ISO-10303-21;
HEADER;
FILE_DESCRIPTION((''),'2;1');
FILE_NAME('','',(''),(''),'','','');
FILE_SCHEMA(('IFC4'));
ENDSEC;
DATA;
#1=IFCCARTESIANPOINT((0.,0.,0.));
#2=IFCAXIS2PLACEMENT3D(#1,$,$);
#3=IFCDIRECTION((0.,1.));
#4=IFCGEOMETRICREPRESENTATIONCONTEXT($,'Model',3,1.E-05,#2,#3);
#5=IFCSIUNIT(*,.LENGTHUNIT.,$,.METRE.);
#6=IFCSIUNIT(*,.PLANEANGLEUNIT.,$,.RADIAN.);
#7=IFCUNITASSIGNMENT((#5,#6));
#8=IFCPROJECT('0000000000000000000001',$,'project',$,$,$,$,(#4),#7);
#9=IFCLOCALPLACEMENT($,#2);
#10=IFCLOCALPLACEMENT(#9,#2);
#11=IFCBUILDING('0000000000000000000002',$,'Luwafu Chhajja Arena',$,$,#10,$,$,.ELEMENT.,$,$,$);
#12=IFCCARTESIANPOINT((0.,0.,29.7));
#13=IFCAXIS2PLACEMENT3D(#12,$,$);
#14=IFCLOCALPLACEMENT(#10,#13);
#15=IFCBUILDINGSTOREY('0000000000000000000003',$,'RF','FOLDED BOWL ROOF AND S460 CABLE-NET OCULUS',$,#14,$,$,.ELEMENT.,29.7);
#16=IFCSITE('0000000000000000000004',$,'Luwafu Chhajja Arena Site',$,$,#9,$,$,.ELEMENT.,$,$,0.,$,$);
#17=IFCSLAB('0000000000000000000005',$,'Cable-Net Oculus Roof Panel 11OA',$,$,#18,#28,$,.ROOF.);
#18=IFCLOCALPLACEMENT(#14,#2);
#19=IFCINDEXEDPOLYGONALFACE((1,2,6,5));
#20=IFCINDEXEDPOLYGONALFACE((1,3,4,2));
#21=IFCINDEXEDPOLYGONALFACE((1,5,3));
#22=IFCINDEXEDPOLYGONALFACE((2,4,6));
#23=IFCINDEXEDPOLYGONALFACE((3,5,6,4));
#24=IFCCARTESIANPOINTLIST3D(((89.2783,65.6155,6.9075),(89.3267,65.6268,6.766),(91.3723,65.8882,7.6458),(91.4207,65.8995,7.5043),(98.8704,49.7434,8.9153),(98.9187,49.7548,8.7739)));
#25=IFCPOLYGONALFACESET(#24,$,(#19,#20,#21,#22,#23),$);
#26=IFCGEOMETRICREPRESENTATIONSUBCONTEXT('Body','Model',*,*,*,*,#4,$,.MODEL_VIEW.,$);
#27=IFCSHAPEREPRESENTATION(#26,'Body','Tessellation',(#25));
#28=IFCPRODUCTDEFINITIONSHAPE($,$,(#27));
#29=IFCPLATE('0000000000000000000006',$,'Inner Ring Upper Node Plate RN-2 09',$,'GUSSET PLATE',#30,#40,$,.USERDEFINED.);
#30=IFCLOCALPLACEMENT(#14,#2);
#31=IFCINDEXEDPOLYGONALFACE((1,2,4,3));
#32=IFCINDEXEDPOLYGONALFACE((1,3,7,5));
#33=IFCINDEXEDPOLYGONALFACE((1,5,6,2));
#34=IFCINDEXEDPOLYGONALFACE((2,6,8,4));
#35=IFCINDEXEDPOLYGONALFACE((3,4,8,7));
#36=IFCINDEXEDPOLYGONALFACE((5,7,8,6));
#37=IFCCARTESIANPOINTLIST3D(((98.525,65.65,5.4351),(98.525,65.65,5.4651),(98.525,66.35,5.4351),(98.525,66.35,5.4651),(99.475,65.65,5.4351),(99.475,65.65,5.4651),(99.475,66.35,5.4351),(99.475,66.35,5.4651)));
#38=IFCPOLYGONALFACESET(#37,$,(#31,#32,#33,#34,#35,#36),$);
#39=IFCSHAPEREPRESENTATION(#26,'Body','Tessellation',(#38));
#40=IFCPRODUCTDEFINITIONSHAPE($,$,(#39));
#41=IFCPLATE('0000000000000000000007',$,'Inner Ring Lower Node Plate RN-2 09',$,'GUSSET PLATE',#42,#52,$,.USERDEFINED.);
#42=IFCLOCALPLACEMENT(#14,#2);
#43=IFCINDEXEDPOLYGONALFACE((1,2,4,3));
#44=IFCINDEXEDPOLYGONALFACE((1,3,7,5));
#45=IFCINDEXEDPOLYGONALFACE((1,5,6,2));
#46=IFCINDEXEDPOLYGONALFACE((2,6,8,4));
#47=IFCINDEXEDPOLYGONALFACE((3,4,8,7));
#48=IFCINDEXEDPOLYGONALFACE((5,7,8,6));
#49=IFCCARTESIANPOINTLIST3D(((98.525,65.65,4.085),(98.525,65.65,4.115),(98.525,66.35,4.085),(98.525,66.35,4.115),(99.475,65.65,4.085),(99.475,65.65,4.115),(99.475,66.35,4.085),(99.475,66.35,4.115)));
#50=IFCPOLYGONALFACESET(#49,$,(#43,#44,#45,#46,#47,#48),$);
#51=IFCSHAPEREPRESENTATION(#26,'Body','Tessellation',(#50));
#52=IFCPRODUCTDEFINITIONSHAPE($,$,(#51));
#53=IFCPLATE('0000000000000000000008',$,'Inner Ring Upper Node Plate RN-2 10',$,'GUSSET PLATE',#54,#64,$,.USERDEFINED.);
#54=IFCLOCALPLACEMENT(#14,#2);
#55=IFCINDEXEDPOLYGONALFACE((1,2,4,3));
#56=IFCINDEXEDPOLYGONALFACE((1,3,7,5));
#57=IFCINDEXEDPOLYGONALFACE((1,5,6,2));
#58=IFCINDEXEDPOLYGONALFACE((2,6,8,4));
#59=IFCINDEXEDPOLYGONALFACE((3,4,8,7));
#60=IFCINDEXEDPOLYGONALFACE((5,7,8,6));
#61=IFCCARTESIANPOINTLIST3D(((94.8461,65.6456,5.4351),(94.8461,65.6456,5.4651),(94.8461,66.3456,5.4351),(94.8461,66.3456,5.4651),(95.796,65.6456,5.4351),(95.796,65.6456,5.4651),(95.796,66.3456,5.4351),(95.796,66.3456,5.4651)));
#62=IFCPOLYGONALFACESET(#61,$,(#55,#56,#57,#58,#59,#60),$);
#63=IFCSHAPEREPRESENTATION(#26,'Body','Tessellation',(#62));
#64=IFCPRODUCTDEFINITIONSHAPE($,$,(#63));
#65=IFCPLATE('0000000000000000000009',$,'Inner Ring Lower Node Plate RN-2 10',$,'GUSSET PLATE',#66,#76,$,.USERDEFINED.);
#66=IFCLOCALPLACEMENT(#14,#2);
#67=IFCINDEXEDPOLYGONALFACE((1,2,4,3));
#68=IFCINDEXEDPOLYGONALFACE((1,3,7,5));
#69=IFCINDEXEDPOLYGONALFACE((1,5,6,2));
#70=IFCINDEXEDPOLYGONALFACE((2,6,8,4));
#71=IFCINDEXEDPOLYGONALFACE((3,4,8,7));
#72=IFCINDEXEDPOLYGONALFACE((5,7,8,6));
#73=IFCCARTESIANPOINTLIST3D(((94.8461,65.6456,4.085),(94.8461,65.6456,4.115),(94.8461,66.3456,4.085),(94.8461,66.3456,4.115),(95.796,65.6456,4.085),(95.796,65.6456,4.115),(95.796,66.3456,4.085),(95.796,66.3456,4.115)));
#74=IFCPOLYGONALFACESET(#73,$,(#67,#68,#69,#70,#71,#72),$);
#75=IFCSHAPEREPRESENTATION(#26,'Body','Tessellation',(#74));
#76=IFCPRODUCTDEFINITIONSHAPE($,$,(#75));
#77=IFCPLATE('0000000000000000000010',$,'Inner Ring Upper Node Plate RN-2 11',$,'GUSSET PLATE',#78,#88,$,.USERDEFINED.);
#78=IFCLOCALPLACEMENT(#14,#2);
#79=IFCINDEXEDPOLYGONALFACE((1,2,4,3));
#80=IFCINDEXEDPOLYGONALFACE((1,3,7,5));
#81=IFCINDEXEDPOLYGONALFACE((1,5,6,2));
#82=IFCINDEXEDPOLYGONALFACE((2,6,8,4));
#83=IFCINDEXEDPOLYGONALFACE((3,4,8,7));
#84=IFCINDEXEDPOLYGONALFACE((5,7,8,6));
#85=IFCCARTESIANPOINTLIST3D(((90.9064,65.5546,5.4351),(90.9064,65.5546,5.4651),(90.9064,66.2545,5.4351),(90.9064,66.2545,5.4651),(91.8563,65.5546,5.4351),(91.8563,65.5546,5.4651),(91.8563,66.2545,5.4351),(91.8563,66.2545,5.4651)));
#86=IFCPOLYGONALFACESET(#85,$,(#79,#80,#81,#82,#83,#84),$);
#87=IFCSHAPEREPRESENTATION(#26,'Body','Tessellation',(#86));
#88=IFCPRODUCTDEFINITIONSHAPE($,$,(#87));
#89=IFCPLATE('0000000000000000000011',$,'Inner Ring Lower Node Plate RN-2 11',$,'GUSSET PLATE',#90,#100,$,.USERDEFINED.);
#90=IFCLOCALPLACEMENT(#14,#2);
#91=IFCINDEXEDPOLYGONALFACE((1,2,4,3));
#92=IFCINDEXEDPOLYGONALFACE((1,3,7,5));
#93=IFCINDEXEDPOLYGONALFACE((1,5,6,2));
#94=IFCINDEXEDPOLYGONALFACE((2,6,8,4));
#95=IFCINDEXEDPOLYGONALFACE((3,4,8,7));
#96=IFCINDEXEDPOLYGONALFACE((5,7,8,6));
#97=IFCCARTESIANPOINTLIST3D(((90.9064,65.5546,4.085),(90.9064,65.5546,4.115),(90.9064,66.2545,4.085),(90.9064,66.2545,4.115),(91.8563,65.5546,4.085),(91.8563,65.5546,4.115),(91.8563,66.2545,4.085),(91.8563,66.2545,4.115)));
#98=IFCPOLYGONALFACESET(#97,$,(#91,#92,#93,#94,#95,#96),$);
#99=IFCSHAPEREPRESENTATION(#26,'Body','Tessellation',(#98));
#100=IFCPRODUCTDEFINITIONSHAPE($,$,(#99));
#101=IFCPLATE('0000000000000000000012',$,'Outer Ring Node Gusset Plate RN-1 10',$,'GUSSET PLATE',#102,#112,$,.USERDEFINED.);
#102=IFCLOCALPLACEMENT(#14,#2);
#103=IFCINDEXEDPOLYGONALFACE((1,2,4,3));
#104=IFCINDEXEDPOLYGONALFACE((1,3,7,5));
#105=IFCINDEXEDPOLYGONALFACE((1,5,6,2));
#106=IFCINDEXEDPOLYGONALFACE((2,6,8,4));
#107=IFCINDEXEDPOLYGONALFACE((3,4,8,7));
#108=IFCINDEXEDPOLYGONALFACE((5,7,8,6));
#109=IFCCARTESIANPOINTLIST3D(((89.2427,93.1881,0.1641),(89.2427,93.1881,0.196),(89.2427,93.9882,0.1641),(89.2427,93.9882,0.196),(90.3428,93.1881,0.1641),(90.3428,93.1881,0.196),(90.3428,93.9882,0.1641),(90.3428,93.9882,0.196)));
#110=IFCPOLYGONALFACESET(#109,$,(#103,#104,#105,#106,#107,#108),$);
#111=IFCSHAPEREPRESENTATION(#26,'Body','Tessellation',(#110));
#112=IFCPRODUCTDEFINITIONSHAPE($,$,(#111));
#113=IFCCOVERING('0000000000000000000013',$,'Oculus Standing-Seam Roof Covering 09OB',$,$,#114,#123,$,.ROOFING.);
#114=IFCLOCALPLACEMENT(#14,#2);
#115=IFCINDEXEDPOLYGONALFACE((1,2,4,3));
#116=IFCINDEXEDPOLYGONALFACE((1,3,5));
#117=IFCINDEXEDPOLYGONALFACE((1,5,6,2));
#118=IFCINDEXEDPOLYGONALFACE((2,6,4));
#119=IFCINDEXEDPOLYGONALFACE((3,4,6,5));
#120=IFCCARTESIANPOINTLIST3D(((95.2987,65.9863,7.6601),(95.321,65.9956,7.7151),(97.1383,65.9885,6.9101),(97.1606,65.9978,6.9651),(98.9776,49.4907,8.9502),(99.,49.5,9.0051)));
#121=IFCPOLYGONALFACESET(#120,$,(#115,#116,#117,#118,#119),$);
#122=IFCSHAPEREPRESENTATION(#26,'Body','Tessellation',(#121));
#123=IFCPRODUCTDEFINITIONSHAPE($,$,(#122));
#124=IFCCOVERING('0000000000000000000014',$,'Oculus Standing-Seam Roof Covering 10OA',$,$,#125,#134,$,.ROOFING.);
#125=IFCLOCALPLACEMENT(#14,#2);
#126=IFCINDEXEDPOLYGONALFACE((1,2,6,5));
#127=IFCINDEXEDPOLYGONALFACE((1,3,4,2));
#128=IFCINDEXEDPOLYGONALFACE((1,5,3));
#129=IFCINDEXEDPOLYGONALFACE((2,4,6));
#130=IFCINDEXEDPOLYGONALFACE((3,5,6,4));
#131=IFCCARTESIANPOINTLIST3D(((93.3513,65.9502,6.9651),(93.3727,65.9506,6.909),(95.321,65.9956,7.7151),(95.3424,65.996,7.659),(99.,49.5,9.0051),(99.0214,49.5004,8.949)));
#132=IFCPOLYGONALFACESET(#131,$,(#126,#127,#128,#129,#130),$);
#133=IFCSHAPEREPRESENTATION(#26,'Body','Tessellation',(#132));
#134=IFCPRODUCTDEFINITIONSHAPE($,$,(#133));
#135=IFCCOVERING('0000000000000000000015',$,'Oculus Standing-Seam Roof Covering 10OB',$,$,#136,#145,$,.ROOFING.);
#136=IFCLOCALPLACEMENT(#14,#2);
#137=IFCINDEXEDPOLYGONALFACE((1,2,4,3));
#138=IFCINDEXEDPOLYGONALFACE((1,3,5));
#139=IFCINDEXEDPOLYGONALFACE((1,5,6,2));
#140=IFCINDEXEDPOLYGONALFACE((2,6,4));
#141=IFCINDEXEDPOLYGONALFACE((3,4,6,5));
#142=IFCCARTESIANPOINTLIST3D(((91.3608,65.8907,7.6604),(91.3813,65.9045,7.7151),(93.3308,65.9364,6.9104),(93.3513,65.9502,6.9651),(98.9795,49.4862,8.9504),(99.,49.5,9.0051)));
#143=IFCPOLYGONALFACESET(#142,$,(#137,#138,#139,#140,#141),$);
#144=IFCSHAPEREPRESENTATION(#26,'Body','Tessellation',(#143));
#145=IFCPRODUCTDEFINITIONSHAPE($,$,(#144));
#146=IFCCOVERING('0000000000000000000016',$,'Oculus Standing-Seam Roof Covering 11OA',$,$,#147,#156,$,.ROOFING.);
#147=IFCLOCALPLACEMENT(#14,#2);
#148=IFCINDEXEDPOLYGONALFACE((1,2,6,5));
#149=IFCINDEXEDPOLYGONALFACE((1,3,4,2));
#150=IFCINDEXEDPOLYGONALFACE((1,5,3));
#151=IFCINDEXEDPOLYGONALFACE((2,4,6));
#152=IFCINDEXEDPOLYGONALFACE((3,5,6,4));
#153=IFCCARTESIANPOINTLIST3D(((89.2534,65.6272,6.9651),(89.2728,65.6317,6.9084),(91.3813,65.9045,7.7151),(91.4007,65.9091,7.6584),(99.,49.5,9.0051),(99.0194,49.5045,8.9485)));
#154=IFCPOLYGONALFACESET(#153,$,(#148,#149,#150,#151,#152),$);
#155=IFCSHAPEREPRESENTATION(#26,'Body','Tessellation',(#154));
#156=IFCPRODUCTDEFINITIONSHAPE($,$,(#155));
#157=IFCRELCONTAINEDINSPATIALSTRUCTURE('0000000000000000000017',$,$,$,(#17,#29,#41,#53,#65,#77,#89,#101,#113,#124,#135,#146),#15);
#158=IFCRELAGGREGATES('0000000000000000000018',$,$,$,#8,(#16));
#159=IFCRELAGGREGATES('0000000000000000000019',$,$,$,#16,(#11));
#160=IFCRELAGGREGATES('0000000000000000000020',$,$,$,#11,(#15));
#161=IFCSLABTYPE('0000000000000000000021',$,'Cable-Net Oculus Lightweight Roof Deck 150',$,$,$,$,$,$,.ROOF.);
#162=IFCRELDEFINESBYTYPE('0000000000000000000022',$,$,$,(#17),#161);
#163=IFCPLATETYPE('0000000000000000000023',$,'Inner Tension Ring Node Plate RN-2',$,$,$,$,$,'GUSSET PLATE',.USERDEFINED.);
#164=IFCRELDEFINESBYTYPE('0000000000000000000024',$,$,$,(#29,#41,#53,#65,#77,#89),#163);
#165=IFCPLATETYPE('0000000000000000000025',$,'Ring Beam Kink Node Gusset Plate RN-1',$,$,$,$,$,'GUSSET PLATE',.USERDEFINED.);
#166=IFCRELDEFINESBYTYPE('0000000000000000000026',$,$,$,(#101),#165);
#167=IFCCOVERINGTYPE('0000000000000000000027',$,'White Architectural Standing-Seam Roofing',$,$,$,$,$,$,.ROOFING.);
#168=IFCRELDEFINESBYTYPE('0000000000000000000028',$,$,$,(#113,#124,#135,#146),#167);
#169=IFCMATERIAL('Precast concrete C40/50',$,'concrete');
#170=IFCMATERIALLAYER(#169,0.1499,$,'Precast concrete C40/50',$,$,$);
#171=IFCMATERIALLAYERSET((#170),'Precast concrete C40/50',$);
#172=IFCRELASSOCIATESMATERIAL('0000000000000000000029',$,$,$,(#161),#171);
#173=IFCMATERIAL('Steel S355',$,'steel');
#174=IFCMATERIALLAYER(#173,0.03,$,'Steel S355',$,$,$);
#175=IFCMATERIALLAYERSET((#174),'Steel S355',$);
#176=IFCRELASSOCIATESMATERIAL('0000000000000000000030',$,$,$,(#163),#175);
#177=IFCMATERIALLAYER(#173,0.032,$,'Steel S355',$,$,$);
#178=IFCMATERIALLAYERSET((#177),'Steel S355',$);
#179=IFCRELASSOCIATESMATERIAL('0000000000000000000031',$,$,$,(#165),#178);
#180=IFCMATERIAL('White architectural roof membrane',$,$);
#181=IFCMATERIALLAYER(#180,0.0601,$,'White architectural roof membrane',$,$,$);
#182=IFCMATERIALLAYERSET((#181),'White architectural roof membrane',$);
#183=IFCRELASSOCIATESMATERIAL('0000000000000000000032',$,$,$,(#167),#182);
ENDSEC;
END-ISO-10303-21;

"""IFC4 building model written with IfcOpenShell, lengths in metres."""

from ifc_helpers import new_model, si_unit, direction, frame, origin, origin_2d, place, context, subcontext, project, spatial, polyline, rectangle, outline, extrude, material, layer, layer_set, type_object, element, save


model = new_model("IFC4")

# Units and contexts
model_context = context("Model", 3, precision=1e-05, world=origin(), true_north=direction((0.0, 1.0)))
body_context = subcontext(model_context, "Body", "Model", "MODEL_VIEW")
ifc_project = project(units=[si_unit("LENGTHUNIT", "METRE"), si_unit("PLANEANGLEUNIT", "RADIAN")], contexts=[model_context])

# Site, building, storey
site_placement = place(None, origin())
site = spatial("IfcSite", under=ifc_project, at=site_placement, Name="Luwafu Chhajja Arena Site", CompositionType="ELEMENT", RefElevation=0.0)
building_placement = place(site_placement, origin())
building = spatial("IfcBuilding", under=site, at=building_placement, Name="Luwafu Chhajja Arena", CompositionType="ELEMENT")
storey_placement = place(building_placement, frame((0.0, 0.0, 29.7)))
storey = spatial("IfcBuildingStorey", under=building, at=storey_placement, Name="RF", Description="FOLDED BOWL ROOF AND S460 CABLE-NET OCULUS", CompositionType="ELEMENT", Elevation=29.7)

# Shared definitions
ifc_material_1 = material(Name="Steel S355", Category="steel")

# Slab
ifc_material_2 = material(Name="Precast concrete C40/50", Category="concrete")
ifc_layer_1 = layer(ifc_material_2, 0.1499, Name="Precast concrete C40/50")
ifc_layer_set_1 = layer_set([ifc_layer_1], Name="Precast concrete C40/50")
slab_type = type_object("IfcSlabType", Name="Cable-Net Oculus Lightweight Roof Deck 150", PredefinedType="ROOF", material=ifc_layer_set_1)
slab_1_placement = place(storey_placement, frame((91.3723, 65.8882, 7.6458), z_axis=(-0.32277, -0.075716, 0.943444), x_axis=(0.420149, -0.904663, 0.071137)))
element("IfcSlab", 1, at=slab_1_placement, inside=storey, type_object=slab_type, Name="Cable-Net Oculus Roof Panel 11OA", PredefinedType="ROOF", context=body_context, shape_type="SweptSolid", body=[
    extrude(outline(polyline([(0.0, 0.0), (17.8462, 0.0), (-0.6856, -2.1294), (0.0, 0.0)])), origin(), (0.0, 0.0, -1.0), 0.1499),
])

# Plates
ifc_layer_2 = layer(ifc_material_1, 0.03, Name="Steel S355")
ifc_layer_set_2 = layer_set([ifc_layer_2], Name="Steel S355")
plate_type_1 = type_object("IfcPlateType", Name="Inner Tension Ring Node Plate RN-2", ElementType="GUSSET PLATE", PredefinedType="USERDEFINED", material=ifc_layer_set_2)
for number, where, z_axis, x_axis, name in (
    (2, (99.0, 66.0, 5.4351), (0.0, 0.0, 1.0), (1.0, 0.0, 0.0), "Inner Ring Upper Node Plate RN-2 09"),
    (3, (99.0, 66.0, 4.085), (0.0, 0.0, 1.0), (1.0, 0.0, 0.0), "Inner Ring Lower Node Plate RN-2 09"),
    (4, (95.321, 65.9956, 5.4351), (0.0, 0.0, 1.0), (1.0, 0.0, 0.0), "Inner Ring Upper Node Plate RN-2 10"),
    (5, (95.321, 65.9956, 4.085), (0.0, 0.0, 1.0), (1.0, 0.0, 0.0), "Inner Ring Lower Node Plate RN-2 10"),
    (6, (91.3813, 65.9045, 5.4351), (0.0, 0.0, 1.0), (1.0, 0.0, 0.0), "Inner Ring Upper Node Plate RN-2 11"),
    (7, (91.3813, 65.9045, 4.085), (0.0, 0.0, 1.0), (1.0, 0.0, 0.0), "Inner Ring Lower Node Plate RN-2 11"),
):
    element("IfcPlate", number, at=place(storey_placement, frame(where, z_axis=z_axis, x_axis=x_axis)), inside=storey, type_object=plate_type_1, Name=name, ObjectType="GUSSET PLATE", PredefinedType="USERDEFINED", context=body_context, shape_type="SweptSolid", body=[
        extrude(rectangle(XDim=0.95, YDim=0.7, at=origin_2d()), origin(), (0.0, 0.0, 1.0), 0.03),
    ])
ifc_layer_3 = layer(ifc_material_1, 0.032, Name="Steel S355")
ifc_layer_set_3 = layer_set([ifc_layer_3], Name="Steel S355")
plate_type_2 = type_object("IfcPlateType", Name="Ring Beam Kink Node Gusset Plate RN-1", ElementType="GUSSET PLATE", PredefinedType="USERDEFINED", material=ifc_layer_set_3)
plate_placement = place(storey_placement, frame((89.7927, 93.5881, 0.1641), z_axis=(0.0, 0.0, 1.0), x_axis=(1.0, 0.0, 0.0)))
element("IfcPlate", 8, at=plate_placement, inside=storey, type_object=plate_type_2, Name="Outer Ring Node Gusset Plate RN-1 10", ObjectType="GUSSET PLATE", PredefinedType="USERDEFINED", context=body_context, shape_type="SweptSolid", body=[
    extrude(rectangle(XDim=1.1001, YDim=0.8, at=origin_2d()), origin(), (0.0, 0.0, 1.0), 0.032),
])

# Coverings
ifc_material_3 = material(Name="White architectural roof membrane")
ifc_layer_4 = layer(ifc_material_3, 0.0601, Name="White architectural roof membrane")
ifc_layer_set_4 = layer_set([ifc_layer_4], Name="White architectural roof membrane")
covering_type = type_object("IfcCoveringType", Name="White Architectural Standing-Seam Roofing", PredefinedType="ROOFING", material=ifc_layer_set_4)
covering_1_placement = place(storey_placement, frame((97.1606, 65.9978, 6.9651), z_axis=(0.372824, 0.154701, 0.914915), x_axis=(-0.925998, -0.001106, 0.377527)))
element("IfcCovering", 9, at=covering_1_placement, inside=storey, type_object=covering_type, Name="Oculus Standing-Seam Roof Covering 09OB", PredefinedType="ROOFING", context=body_context, shape_type="SweptSolid", body=[
    extrude(outline(polyline([(0.0, 0.0), (1.9866, 0.0), (-0.9148, 16.6999), (0.0, 0.0)])), origin(), (0.0, 0.0, -1.0), 0.0601),
])
covering_2_placement = place(storey_placement, frame((95.321, 65.9956, 7.7151), z_axis=(-0.355709, -0.006244, 0.934576), x_axis=(-0.93433, -0.02154, -0.355759)))
element("IfcCovering", 10, at=covering_2_placement, inside=storey, type_object=covering_type, Name="Oculus Standing-Seam Roof Covering 10OA", PredefinedType="ROOFING", context=body_context, shape_type="SweptSolid", body=[
    extrude(outline(polyline([(0.0, 0.0), (2.1082, 0.0), (-3.541, 16.576), (0.0, 0.0)])), origin(), (0.0, 0.0, -1.0), 0.0601),
])
covering_3_placement = place(storey_placement, frame((93.3513, 65.9502, 6.9651), z_axis=(0.341573, 0.230291, 0.911205), x_axis=(-0.934342, -0.021653, 0.355719)))
element("IfcCovering", 11, at=covering_3_placement, inside=storey, type_object=covering_type, Name="Oculus Standing-Seam Roof Covering 10OB", PredefinedType="ROOFING", context=body_context, shape_type="SweptSolid", body=[
    extrude(outline(polyline([(0.0, 0.0), (2.1084, 0.0), (-4.1959, 17.0021), (0.0, 0.0)])), origin(), (0.0, 0.0, -1.0), 0.0601),
])
covering_4_placement = place(storey_placement, frame((91.3813, 65.9045, 7.7151), z_axis=(-0.322673, -0.075663, 0.943481), x_axis=(-0.936088, -0.122005, -0.329929)))
element("IfcCovering", 12, at=covering_4_placement, inside=storey, type_object=covering_type, Name="Oculus Standing-Seam Roof Covering 11OA", PredefinedType="ROOFING", context=body_context, shape_type="SweptSolid", body=[
    extrude(outline(polyline([(0.0, 0.0), (2.2732, 0.0), (-5.5559, 17.2612), (0.0, 0.0)])), origin(), (0.0, 0.0, -1.0), 0.0601),
])

save(model, "model.ifc")
